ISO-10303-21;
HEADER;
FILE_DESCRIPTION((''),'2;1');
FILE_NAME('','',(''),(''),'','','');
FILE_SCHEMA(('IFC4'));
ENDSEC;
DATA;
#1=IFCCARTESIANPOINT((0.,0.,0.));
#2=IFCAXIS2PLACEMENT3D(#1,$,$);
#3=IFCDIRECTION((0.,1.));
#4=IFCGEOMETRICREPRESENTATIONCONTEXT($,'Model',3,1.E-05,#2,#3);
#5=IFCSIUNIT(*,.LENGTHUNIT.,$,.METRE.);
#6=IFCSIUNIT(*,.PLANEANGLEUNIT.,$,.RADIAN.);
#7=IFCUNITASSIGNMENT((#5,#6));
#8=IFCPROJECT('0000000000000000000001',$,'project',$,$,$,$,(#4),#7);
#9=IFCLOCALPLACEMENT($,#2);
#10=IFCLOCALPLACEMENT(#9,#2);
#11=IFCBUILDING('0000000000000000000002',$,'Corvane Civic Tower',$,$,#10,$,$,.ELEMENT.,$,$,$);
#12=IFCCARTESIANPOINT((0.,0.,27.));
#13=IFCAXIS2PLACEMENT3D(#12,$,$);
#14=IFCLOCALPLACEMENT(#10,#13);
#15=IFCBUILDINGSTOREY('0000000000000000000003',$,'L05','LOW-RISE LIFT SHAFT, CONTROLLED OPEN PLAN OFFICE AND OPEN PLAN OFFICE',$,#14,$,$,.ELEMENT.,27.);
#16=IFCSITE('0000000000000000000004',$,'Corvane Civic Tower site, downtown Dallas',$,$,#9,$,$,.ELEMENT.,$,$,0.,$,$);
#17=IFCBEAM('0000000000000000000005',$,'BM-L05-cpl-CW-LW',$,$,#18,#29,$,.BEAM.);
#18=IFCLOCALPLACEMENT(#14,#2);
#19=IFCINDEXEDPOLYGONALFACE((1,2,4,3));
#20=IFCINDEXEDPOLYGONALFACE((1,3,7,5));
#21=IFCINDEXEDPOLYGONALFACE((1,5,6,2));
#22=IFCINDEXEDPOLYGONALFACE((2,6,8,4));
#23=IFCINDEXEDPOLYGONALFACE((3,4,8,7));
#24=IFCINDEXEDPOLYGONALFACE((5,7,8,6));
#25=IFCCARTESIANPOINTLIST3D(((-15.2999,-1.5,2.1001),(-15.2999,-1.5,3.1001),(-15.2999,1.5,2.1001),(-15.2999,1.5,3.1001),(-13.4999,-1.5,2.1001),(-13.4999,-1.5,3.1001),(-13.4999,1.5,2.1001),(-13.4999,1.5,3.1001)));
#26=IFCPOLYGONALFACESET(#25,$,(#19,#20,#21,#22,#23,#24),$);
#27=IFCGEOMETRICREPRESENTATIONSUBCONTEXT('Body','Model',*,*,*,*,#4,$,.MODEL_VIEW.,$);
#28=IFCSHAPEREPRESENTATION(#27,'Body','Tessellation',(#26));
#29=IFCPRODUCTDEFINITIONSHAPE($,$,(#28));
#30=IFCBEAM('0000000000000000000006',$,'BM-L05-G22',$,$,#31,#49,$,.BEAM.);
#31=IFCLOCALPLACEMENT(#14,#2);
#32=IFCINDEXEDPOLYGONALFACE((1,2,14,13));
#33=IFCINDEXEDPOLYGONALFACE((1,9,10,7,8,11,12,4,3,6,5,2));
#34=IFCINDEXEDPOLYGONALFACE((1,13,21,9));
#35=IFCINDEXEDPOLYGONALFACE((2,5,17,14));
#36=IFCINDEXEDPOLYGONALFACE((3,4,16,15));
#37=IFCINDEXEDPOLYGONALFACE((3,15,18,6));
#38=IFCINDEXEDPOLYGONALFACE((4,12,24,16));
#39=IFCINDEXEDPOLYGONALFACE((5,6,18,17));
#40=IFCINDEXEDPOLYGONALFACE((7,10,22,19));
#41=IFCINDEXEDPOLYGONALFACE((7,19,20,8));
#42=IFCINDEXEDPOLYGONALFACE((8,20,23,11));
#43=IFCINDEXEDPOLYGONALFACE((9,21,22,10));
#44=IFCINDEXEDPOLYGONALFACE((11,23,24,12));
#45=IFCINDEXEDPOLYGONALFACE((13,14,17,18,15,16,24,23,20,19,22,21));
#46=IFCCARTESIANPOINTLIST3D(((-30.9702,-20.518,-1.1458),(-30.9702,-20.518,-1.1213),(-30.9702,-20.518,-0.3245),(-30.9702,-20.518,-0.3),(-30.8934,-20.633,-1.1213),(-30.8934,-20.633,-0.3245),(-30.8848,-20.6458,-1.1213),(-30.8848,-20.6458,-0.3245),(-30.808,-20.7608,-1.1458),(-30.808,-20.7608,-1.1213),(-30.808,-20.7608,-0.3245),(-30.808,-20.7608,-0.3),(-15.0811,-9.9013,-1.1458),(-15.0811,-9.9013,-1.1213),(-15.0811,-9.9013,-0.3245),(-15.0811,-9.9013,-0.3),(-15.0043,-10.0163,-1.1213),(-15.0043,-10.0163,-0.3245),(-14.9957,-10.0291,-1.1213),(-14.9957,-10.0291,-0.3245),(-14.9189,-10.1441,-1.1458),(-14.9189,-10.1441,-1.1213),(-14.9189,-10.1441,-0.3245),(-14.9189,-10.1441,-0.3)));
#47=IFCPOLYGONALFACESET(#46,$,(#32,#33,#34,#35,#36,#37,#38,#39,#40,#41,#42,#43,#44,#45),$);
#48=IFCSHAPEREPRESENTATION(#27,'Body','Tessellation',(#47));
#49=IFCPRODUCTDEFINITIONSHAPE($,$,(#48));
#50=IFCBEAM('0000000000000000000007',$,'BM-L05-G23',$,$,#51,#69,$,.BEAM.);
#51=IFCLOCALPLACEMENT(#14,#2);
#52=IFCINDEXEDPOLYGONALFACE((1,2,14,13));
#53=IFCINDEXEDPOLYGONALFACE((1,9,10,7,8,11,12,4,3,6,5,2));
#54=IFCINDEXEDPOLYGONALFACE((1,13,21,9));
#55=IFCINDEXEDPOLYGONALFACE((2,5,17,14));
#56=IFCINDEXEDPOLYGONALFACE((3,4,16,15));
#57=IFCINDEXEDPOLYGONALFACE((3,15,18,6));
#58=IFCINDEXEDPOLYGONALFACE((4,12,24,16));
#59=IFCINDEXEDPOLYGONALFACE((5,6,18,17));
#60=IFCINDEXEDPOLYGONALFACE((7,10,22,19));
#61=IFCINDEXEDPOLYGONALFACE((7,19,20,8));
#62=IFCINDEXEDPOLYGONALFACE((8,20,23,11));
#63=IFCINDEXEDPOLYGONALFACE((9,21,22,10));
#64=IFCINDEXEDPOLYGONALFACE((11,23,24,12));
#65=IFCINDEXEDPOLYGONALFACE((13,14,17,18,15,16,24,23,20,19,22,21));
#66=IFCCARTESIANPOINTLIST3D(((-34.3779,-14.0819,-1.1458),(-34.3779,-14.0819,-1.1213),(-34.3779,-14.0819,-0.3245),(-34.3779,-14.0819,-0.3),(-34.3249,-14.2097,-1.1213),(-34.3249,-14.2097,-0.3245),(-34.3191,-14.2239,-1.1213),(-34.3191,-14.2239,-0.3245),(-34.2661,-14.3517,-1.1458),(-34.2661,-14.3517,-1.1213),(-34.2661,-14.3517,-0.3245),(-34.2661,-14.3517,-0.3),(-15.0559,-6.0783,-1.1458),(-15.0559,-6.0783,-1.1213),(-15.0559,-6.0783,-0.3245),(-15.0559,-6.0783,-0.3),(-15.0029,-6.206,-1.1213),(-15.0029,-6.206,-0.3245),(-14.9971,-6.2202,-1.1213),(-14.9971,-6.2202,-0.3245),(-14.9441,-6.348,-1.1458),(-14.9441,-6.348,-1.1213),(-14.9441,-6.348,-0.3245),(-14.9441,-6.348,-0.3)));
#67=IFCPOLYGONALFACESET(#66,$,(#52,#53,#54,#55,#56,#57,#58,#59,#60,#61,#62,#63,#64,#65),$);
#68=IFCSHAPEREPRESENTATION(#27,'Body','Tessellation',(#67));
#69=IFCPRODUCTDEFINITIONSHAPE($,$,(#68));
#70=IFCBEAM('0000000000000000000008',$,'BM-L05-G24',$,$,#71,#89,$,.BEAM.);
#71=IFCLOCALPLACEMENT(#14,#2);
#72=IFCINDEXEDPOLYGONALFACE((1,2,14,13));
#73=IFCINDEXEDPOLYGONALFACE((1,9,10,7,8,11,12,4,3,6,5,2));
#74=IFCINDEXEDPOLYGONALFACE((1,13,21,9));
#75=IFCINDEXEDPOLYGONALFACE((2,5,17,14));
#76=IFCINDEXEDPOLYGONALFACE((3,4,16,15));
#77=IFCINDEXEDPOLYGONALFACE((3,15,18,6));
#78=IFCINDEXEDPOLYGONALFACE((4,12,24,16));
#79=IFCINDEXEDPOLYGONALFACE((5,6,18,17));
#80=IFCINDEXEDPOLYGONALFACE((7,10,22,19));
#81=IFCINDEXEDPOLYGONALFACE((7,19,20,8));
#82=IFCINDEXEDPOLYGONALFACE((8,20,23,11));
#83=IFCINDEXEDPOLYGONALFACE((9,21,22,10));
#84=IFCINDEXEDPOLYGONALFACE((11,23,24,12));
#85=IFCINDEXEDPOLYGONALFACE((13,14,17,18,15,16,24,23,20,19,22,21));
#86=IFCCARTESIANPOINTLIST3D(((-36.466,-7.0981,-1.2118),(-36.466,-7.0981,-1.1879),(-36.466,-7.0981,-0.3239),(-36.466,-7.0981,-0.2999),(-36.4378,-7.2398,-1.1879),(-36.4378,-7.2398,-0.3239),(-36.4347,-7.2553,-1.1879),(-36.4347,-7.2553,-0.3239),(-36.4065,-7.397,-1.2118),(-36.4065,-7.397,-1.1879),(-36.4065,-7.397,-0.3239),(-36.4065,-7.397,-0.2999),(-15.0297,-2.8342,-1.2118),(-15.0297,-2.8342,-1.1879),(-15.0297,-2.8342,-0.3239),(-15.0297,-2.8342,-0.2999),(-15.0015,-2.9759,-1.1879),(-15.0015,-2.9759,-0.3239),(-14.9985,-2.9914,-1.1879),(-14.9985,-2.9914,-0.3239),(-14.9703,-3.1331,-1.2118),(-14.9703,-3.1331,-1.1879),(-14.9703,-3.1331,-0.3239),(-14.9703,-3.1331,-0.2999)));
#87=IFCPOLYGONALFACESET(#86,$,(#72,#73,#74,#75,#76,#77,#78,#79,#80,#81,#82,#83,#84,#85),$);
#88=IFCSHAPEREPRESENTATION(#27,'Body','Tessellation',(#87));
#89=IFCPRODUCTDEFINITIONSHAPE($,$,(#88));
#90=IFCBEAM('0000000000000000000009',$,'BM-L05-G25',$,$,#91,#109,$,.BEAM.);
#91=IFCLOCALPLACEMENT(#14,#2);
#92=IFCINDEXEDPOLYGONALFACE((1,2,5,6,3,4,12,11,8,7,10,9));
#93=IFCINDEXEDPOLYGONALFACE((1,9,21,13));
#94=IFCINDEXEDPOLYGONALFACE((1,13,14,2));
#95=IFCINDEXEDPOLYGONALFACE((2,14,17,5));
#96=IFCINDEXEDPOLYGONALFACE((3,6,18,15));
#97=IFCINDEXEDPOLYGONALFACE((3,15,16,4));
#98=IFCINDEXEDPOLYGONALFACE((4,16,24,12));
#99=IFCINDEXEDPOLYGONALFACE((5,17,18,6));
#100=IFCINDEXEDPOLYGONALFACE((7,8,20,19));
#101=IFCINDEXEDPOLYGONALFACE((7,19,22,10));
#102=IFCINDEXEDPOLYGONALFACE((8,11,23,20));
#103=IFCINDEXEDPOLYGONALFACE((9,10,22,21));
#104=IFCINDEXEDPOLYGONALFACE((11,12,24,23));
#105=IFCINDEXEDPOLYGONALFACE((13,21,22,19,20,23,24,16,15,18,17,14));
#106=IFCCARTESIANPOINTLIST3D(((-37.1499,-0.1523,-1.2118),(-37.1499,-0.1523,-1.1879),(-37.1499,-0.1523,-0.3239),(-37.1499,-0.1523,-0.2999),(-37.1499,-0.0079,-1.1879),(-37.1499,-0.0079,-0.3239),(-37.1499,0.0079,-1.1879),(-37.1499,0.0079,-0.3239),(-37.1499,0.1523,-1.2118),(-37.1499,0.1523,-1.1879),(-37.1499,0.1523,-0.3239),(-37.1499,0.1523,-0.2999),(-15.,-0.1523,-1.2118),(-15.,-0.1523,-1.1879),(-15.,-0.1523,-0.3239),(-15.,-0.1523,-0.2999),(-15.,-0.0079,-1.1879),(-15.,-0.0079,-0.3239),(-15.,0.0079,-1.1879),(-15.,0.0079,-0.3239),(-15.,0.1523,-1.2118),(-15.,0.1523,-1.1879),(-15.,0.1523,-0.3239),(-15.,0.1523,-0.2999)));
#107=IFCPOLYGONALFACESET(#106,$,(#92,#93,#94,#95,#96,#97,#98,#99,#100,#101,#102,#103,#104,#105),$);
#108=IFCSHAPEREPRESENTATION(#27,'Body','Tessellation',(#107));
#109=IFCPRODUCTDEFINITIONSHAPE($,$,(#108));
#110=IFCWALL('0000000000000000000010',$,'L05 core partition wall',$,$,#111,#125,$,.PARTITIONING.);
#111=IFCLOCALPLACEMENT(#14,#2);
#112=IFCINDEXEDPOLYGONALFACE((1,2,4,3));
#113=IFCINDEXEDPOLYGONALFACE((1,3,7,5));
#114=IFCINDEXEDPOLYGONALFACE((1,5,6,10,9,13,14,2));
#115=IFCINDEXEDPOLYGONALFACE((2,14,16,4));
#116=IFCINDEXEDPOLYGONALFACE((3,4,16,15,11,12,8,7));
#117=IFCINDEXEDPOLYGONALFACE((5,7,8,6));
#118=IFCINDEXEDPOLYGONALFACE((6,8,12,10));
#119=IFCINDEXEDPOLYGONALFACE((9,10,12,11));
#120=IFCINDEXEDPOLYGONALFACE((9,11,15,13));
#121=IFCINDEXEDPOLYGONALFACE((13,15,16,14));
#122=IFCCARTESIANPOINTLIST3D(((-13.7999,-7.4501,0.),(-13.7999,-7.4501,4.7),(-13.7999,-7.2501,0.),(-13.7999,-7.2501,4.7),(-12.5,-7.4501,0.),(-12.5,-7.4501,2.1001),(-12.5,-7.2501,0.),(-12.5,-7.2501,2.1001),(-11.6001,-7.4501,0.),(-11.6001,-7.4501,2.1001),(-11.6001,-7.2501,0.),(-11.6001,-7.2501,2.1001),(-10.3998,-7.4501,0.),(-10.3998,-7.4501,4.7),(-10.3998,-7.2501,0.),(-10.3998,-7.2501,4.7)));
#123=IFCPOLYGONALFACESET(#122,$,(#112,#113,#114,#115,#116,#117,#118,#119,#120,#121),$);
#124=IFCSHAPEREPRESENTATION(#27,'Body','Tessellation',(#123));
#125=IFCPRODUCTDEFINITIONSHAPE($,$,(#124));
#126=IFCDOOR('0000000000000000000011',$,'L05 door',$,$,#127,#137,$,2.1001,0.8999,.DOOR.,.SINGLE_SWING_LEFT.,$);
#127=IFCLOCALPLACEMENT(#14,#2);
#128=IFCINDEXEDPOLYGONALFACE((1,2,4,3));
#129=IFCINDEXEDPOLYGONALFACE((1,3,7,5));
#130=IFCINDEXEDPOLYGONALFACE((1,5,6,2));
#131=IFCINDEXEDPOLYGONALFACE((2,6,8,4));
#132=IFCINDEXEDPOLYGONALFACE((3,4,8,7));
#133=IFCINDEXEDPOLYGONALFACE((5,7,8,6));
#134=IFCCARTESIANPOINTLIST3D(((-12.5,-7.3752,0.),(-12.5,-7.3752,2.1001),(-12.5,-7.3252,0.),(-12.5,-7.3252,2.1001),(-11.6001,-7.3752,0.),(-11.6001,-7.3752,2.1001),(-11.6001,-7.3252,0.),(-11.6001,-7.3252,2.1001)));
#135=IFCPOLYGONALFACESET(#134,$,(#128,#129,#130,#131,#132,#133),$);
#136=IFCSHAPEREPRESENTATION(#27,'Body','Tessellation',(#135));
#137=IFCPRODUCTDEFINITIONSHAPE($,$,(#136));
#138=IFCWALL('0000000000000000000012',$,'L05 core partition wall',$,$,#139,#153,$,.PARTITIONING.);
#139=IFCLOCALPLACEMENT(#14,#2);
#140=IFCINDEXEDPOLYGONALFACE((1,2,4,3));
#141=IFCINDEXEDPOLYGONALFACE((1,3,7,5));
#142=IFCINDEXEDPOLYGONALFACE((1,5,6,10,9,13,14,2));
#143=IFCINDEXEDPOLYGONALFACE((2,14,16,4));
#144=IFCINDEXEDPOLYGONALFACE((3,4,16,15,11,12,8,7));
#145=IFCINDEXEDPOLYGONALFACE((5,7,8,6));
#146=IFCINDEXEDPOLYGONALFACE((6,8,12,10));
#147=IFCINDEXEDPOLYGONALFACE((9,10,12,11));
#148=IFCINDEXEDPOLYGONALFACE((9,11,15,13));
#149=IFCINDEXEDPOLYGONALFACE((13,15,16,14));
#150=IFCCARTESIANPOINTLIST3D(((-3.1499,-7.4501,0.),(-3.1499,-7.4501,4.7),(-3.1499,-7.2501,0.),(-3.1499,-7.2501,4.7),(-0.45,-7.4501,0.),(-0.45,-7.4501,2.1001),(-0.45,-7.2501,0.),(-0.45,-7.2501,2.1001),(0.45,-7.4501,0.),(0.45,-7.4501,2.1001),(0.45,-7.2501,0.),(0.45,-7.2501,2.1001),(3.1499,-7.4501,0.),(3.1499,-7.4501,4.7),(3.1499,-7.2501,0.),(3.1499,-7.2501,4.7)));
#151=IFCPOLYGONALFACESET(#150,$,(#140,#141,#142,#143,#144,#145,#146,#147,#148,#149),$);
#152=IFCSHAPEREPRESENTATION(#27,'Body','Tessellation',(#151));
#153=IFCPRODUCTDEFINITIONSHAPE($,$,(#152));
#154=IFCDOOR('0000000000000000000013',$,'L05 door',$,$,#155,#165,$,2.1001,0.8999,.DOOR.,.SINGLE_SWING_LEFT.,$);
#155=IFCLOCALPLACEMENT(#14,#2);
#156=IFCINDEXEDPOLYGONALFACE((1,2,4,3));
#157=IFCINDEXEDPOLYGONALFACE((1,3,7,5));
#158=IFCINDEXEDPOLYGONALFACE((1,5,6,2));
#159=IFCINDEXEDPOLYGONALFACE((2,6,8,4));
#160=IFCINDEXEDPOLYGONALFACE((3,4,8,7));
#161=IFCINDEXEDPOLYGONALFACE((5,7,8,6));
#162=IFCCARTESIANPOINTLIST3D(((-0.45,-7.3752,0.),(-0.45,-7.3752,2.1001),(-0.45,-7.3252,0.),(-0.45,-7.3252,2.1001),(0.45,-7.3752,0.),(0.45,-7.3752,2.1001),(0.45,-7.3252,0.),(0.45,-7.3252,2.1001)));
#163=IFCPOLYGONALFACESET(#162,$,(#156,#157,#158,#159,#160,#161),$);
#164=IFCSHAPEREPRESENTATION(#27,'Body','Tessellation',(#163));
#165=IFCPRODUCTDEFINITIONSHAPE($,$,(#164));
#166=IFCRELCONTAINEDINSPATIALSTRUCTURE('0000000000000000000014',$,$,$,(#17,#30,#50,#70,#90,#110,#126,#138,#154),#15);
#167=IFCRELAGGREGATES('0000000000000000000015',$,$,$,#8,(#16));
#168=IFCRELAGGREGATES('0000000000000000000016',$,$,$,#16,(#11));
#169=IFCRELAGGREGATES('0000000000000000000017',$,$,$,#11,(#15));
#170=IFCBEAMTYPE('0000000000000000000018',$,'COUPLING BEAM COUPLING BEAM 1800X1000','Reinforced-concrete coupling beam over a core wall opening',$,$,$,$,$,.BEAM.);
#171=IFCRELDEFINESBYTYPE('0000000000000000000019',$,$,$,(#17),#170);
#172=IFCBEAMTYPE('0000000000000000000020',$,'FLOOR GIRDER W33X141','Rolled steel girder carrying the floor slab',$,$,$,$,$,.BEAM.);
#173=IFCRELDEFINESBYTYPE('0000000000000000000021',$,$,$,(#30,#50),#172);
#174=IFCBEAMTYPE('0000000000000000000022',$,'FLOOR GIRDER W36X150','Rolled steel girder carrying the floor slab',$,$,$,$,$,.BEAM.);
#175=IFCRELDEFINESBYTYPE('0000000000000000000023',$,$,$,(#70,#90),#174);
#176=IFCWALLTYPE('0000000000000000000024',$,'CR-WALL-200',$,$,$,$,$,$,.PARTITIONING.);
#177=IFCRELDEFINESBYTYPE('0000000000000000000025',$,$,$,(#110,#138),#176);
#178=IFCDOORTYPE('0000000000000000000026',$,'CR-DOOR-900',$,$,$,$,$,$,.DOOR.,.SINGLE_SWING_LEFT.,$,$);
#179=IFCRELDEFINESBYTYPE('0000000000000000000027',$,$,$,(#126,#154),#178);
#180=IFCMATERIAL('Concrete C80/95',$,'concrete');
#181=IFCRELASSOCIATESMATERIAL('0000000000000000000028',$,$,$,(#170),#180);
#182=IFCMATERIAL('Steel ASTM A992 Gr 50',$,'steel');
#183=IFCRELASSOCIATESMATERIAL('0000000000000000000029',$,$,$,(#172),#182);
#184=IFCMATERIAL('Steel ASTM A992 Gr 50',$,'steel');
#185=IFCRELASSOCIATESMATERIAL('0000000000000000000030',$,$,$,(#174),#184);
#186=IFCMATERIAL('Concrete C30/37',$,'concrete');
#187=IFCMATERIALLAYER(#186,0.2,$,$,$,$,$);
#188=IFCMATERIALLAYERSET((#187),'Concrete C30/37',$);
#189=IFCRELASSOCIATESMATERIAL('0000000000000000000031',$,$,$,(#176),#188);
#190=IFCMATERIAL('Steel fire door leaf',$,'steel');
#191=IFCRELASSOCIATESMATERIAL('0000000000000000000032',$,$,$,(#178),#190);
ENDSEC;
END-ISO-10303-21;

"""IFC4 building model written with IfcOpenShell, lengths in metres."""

from ifc_helpers import new_model, si_unit, direction, frame, frame_2d, origin, origin_2d, place, context, subcontext, project, spatial, rectangle, i_section, extrude, material, layer, layer_set, material_profile, profile_set, type_object, element, fill, save


model = new_model("IFC4")

# Units and contexts
model_context = context("Model", 3, precision=1e-05, world=origin(), true_north=direction((0.0, 1.0)))
body_context = subcontext(model_context, "Body", "Model", "MODEL_VIEW")
ifc_project = project(units=[si_unit("LENGTHUNIT", "METRE"), si_unit("PLANEANGLEUNIT", "RADIAN")], contexts=[model_context])

# Site, building, storey
site_placement = place(None, origin())
site = spatial("IfcSite", under=ifc_project, at=site_placement, Name="Corvane Civic Tower site, downtown Dallas", CompositionType="ELEMENT", RefElevation=0.0)
building_placement = place(site_placement, origin())
building = spatial("IfcBuilding", under=site, at=building_placement, Name="Corvane Civic Tower", CompositionType="ELEMENT")
storey_placement = place(building_placement, frame((0.0, 0.0, 27.0)))
storey = spatial("IfcBuildingStorey", under=building, at=storey_placement, Name="L05", Description="LOW-RISE LIFT SHAFT, CONTROLLED OPEN PLAN OFFICE AND OPEN PLAN OFFICE", CompositionType="ELEMENT", Elevation=27.0)

# Beams
ifc_material_1 = material(Name="Concrete C80/95", Category="concrete")
ifc_material_profile_1 = material_profile(ifc_material_1, rectangle(XDim=1.8, YDim=1.0, at=origin_2d()), Name="COUPLING BEAM 1800X1000")
ifc_profile_set_1 = profile_set([ifc_material_profile_1], Name="Concrete C80/95")
beam_type_1 = type_object("IfcBeamType", Name="COUPLING BEAM COUPLING BEAM 1800X1000", Description="Reinforced-concrete coupling beam over a core wall opening", PredefinedType="BEAM", material=ifc_profile_set_1)
beam_1_placement = place(storey_placement, frame((-14.3999, -1.5, 2.6001), z_axis=(0.0, 1.0, 0.0), x_axis=(-1.0, 0.0, 0.0)))
element("IfcBeam", 1, at=beam_1_placement, inside=storey, type_object=beam_type_1, Name="BM-L05-cpl-CW-LW", PredefinedType="BEAM", context=body_context, shape_type="SweptSolid", body=[
    extrude(rectangle(XDim=1.8, YDim=1.0, at=origin_2d()), origin(), (0.0, 0.0, 1.0), 3.0),
])
ifc_material_2 = material(Name="Steel ASTM A992 Gr 50", Category="steel")
ifc_material_profile_2 = material_profile(ifc_material_2, i_section(OverallWidth=0.292, OverallDepth=0.8457, WebThickness=0.0154, FlangeThickness=0.0244, at=origin_2d()), Name="W33X141")
ifc_profile_set_2 = profile_set([ifc_material_profile_2], Name="Steel ASTM A992 Gr 50")
beam_type_2 = type_object("IfcBeamType", Name="FLOOR GIRDER W33X141", Description="Rolled steel girder carrying the floor slab", PredefinedType="BEAM", material=ifc_profile_set_2)
beam_2_placement = place(storey_placement, frame((-15.0, -10.0227, -0.7229), z_axis=(-0.831472, -0.555567, 0.0), x_axis=(0.555567, -0.831472, 0.0)))
element("IfcBeam", 2, at=beam_2_placement, inside=storey, type_object=beam_type_2, Name="BM-L05-G22", PredefinedType="BEAM", context=body_context, shape_type="SweptSolid", body=[
    extrude(i_section(OverallWidth=0.292, OverallDepth=0.8457, WebThickness=0.0154, FlangeThickness=0.0244, at=origin_2d()), origin(), (0.0, 0.0, 1.0), 19.1096),
])
beam_3_placement = place(storey_placement, frame((-15.0, -6.2131, -0.7229), z_axis=(-0.923876, -0.382692, 0.0), x_axis=(0.382692, -0.923876, 0.0)))
element("IfcBeam", 3, at=beam_3_placement, inside=storey, type_object=beam_type_2, Name="BM-L05-G23", PredefinedType="BEAM", context=body_context, shape_type="SweptSolid", body=[
    extrude(i_section(OverallWidth=0.292, OverallDepth=0.8457, WebThickness=0.0154, FlangeThickness=0.0244, at=origin_2d()), origin(), (0.0, 0.0, 1.0), 20.9141),
])
ifc_material_3 = material(Name="Steel ASTM A992 Gr 50", Category="steel")
ifc_material_profile_3 = material_profile(ifc_material_3, i_section(OverallWidth=0.3047, OverallDepth=0.9119, WebThickness=0.0159, FlangeThickness=0.0239, at=origin_2d()), Name="W36X150")
ifc_profile_set_3 = profile_set([ifc_material_profile_3], Name="Steel ASTM A992 Gr 50")
beam_type_3 = type_object("IfcBeamType", Name="FLOOR GIRDER W36X150", Description="Rolled steel girder carrying the floor slab", PredefinedType="BEAM", material=ifc_profile_set_3)
beam_4_placement = place(storey_placement, frame((-15.0, -2.9836, -0.7559), z_axis=(-0.980785, -0.195089, 0.0), x_axis=(0.195089, -0.980785, 0.0)))
element("IfcBeam", 4, at=beam_4_placement, inside=storey, type_object=beam_type_3, Name="BM-L05-G24", PredefinedType="BEAM", context=body_context, shape_type="SweptSolid", body=[
    extrude(i_section(OverallWidth=0.3047, OverallDepth=0.9119, WebThickness=0.0159, FlangeThickness=0.0239, at=origin_2d()), origin(), (0.0, 0.0, 1.0), 21.8562),
])
beam_5_placement = place(storey_placement, frame((-15.0, 0.0, -0.7559), z_axis=(-1.0, 0.0, 0.0), x_axis=(0.0, -1.0, 0.0)))
element("IfcBeam", 5, at=beam_5_placement, inside=storey, type_object=beam_type_3, Name="BM-L05-G25", PredefinedType="BEAM", context=body_context, shape_type="SweptSolid", body=[
    extrude(i_section(OverallWidth=0.3047, OverallDepth=0.9119, WebThickness=0.0159, FlangeThickness=0.0239, at=origin_2d()), origin(), (0.0, 0.0, 1.0), 22.1499),
])

# Walls, openings, doors
ifc_material_4 = material(Name="Concrete C30/37", Category="concrete")
ifc_layer_1 = layer(ifc_material_4, 0.2)
ifc_layer_set_1 = layer_set([ifc_layer_1], Name="Concrete C30/37")
wall_type_1 = type_object("IfcWallType", Name="CR-WALL-200", PredefinedType="PARTITIONING", material=ifc_layer_set_1)
wall_1_placement = place(storey_placement, frame((-13.8, -7.3501, 0.0), z_axis=(0.0, 0.0, 1.0), x_axis=(1.0, 0.0, 0.0)))
wall_1 = element("IfcWall", 6, at=wall_1_placement, inside=storey, type_object=wall_type_1, Name="L05 core partition wall", PredefinedType="PARTITIONING", context=body_context, shape_type="SweptSolid", body=[
    extrude(rectangle(XDim=3.4001, YDim=0.2, at=frame_2d((1.7002, 0.0))), origin(), (0.0, 0.0, 1.0), 4.7),
])
opening_1_placement = place(wall_1_placement, frame((1.3, 0.0, 0.0)))
opening_1 = element("IfcOpeningElement", 7, at=opening_1_placement, cuts=wall_1, PredefinedType="OPENING", context=body_context, shape_type="SweptSolid", body=[
    extrude(rectangle(XDim=0.8999, YDim=2.1001, at=frame_2d((0.45, 1.05))), frame((0.0, 0.1099, 0.0), z_axis=(0.0, -1.0, 0.0), x_axis=(1.0, 0.0, 0.0)), (0.0, 0.0, 1.0), 0.22),
])
ifc_material_5 = material(Name="Steel fire door leaf", Category="steel")
door_type_1 = type_object("IfcDoorType", Name="CR-DOOR-900", OperationType="SINGLE_SWING_LEFT", PredefinedType="DOOR", material=ifc_material_5)
door_1_placement = place(opening_1_placement, origin())
door_1 = element("IfcDoor", 8, at=door_1_placement, inside=storey, type_object=door_type_1, Name="L05 door", OperationType="SINGLE_SWING_LEFT", OverallHeight=2.1001, OverallWidth=0.8999, PredefinedType="DOOR", context=body_context, shape_type="SweptSolid", body=[
    extrude(rectangle(XDim=0.8999, YDim=2.1001, at=frame_2d((0.45, 1.05))), frame((0.0, 0.0249, 0.0), z_axis=(0.0, -1.0, 0.0), x_axis=(1.0, 0.0, 0.0)), (0.0, 0.0, 1.0), 0.05),
])
fill(opening_1, door_1)
wall_2_placement = place(storey_placement, frame((-3.1499, -7.3501, 0.0), z_axis=(0.0, 0.0, 1.0), x_axis=(1.0, 0.0, 0.0)))
wall_2 = element("IfcWall", 9, at=wall_2_placement, inside=storey, type_object=wall_type_1, Name="L05 core partition wall", PredefinedType="PARTITIONING", context=body_context, shape_type="SweptSolid", body=[
    extrude(rectangle(XDim=6.2998, YDim=0.2, at=frame_2d((3.1499, 0.0))), origin(), (0.0, 0.0, 1.0), 4.7),
])
opening_2_placement = place(wall_2_placement, frame((2.7, 0.0, 0.0)))
opening_2 = element("IfcOpeningElement", 10, at=opening_2_placement, cuts=wall_2, PredefinedType="OPENING", context=body_context, shape_type="SweptSolid", body=[
    extrude(rectangle(XDim=0.8999, YDim=2.1001, at=frame_2d((0.45, 1.05))), frame((0.0, 0.1099, 0.0), z_axis=(0.0, -1.0, 0.0), x_axis=(1.0, 0.0, 0.0)), (0.0, 0.0, 1.0), 0.22),
])
door_2_placement = place(opening_2_placement, origin())
door_2 = element("IfcDoor", 11, at=door_2_placement, inside=storey, type_object=door_type_1, Name="L05 door", OperationType="SINGLE_SWING_LEFT", OverallHeight=2.1001, OverallWidth=0.8999, PredefinedType="DOOR", context=body_context, shape_type="SweptSolid", body=[
    extrude(rectangle(XDim=0.8999, YDim=2.1001, at=frame_2d((0.45, 1.05))), frame((0.0, 0.0249, 0.0), z_axis=(0.0, -1.0, 0.0), x_axis=(1.0, 0.0, 0.0)), (0.0, 0.0, 1.0), 0.05),
])
fill(opening_2, door_2)

save(model, "model.ifc")
